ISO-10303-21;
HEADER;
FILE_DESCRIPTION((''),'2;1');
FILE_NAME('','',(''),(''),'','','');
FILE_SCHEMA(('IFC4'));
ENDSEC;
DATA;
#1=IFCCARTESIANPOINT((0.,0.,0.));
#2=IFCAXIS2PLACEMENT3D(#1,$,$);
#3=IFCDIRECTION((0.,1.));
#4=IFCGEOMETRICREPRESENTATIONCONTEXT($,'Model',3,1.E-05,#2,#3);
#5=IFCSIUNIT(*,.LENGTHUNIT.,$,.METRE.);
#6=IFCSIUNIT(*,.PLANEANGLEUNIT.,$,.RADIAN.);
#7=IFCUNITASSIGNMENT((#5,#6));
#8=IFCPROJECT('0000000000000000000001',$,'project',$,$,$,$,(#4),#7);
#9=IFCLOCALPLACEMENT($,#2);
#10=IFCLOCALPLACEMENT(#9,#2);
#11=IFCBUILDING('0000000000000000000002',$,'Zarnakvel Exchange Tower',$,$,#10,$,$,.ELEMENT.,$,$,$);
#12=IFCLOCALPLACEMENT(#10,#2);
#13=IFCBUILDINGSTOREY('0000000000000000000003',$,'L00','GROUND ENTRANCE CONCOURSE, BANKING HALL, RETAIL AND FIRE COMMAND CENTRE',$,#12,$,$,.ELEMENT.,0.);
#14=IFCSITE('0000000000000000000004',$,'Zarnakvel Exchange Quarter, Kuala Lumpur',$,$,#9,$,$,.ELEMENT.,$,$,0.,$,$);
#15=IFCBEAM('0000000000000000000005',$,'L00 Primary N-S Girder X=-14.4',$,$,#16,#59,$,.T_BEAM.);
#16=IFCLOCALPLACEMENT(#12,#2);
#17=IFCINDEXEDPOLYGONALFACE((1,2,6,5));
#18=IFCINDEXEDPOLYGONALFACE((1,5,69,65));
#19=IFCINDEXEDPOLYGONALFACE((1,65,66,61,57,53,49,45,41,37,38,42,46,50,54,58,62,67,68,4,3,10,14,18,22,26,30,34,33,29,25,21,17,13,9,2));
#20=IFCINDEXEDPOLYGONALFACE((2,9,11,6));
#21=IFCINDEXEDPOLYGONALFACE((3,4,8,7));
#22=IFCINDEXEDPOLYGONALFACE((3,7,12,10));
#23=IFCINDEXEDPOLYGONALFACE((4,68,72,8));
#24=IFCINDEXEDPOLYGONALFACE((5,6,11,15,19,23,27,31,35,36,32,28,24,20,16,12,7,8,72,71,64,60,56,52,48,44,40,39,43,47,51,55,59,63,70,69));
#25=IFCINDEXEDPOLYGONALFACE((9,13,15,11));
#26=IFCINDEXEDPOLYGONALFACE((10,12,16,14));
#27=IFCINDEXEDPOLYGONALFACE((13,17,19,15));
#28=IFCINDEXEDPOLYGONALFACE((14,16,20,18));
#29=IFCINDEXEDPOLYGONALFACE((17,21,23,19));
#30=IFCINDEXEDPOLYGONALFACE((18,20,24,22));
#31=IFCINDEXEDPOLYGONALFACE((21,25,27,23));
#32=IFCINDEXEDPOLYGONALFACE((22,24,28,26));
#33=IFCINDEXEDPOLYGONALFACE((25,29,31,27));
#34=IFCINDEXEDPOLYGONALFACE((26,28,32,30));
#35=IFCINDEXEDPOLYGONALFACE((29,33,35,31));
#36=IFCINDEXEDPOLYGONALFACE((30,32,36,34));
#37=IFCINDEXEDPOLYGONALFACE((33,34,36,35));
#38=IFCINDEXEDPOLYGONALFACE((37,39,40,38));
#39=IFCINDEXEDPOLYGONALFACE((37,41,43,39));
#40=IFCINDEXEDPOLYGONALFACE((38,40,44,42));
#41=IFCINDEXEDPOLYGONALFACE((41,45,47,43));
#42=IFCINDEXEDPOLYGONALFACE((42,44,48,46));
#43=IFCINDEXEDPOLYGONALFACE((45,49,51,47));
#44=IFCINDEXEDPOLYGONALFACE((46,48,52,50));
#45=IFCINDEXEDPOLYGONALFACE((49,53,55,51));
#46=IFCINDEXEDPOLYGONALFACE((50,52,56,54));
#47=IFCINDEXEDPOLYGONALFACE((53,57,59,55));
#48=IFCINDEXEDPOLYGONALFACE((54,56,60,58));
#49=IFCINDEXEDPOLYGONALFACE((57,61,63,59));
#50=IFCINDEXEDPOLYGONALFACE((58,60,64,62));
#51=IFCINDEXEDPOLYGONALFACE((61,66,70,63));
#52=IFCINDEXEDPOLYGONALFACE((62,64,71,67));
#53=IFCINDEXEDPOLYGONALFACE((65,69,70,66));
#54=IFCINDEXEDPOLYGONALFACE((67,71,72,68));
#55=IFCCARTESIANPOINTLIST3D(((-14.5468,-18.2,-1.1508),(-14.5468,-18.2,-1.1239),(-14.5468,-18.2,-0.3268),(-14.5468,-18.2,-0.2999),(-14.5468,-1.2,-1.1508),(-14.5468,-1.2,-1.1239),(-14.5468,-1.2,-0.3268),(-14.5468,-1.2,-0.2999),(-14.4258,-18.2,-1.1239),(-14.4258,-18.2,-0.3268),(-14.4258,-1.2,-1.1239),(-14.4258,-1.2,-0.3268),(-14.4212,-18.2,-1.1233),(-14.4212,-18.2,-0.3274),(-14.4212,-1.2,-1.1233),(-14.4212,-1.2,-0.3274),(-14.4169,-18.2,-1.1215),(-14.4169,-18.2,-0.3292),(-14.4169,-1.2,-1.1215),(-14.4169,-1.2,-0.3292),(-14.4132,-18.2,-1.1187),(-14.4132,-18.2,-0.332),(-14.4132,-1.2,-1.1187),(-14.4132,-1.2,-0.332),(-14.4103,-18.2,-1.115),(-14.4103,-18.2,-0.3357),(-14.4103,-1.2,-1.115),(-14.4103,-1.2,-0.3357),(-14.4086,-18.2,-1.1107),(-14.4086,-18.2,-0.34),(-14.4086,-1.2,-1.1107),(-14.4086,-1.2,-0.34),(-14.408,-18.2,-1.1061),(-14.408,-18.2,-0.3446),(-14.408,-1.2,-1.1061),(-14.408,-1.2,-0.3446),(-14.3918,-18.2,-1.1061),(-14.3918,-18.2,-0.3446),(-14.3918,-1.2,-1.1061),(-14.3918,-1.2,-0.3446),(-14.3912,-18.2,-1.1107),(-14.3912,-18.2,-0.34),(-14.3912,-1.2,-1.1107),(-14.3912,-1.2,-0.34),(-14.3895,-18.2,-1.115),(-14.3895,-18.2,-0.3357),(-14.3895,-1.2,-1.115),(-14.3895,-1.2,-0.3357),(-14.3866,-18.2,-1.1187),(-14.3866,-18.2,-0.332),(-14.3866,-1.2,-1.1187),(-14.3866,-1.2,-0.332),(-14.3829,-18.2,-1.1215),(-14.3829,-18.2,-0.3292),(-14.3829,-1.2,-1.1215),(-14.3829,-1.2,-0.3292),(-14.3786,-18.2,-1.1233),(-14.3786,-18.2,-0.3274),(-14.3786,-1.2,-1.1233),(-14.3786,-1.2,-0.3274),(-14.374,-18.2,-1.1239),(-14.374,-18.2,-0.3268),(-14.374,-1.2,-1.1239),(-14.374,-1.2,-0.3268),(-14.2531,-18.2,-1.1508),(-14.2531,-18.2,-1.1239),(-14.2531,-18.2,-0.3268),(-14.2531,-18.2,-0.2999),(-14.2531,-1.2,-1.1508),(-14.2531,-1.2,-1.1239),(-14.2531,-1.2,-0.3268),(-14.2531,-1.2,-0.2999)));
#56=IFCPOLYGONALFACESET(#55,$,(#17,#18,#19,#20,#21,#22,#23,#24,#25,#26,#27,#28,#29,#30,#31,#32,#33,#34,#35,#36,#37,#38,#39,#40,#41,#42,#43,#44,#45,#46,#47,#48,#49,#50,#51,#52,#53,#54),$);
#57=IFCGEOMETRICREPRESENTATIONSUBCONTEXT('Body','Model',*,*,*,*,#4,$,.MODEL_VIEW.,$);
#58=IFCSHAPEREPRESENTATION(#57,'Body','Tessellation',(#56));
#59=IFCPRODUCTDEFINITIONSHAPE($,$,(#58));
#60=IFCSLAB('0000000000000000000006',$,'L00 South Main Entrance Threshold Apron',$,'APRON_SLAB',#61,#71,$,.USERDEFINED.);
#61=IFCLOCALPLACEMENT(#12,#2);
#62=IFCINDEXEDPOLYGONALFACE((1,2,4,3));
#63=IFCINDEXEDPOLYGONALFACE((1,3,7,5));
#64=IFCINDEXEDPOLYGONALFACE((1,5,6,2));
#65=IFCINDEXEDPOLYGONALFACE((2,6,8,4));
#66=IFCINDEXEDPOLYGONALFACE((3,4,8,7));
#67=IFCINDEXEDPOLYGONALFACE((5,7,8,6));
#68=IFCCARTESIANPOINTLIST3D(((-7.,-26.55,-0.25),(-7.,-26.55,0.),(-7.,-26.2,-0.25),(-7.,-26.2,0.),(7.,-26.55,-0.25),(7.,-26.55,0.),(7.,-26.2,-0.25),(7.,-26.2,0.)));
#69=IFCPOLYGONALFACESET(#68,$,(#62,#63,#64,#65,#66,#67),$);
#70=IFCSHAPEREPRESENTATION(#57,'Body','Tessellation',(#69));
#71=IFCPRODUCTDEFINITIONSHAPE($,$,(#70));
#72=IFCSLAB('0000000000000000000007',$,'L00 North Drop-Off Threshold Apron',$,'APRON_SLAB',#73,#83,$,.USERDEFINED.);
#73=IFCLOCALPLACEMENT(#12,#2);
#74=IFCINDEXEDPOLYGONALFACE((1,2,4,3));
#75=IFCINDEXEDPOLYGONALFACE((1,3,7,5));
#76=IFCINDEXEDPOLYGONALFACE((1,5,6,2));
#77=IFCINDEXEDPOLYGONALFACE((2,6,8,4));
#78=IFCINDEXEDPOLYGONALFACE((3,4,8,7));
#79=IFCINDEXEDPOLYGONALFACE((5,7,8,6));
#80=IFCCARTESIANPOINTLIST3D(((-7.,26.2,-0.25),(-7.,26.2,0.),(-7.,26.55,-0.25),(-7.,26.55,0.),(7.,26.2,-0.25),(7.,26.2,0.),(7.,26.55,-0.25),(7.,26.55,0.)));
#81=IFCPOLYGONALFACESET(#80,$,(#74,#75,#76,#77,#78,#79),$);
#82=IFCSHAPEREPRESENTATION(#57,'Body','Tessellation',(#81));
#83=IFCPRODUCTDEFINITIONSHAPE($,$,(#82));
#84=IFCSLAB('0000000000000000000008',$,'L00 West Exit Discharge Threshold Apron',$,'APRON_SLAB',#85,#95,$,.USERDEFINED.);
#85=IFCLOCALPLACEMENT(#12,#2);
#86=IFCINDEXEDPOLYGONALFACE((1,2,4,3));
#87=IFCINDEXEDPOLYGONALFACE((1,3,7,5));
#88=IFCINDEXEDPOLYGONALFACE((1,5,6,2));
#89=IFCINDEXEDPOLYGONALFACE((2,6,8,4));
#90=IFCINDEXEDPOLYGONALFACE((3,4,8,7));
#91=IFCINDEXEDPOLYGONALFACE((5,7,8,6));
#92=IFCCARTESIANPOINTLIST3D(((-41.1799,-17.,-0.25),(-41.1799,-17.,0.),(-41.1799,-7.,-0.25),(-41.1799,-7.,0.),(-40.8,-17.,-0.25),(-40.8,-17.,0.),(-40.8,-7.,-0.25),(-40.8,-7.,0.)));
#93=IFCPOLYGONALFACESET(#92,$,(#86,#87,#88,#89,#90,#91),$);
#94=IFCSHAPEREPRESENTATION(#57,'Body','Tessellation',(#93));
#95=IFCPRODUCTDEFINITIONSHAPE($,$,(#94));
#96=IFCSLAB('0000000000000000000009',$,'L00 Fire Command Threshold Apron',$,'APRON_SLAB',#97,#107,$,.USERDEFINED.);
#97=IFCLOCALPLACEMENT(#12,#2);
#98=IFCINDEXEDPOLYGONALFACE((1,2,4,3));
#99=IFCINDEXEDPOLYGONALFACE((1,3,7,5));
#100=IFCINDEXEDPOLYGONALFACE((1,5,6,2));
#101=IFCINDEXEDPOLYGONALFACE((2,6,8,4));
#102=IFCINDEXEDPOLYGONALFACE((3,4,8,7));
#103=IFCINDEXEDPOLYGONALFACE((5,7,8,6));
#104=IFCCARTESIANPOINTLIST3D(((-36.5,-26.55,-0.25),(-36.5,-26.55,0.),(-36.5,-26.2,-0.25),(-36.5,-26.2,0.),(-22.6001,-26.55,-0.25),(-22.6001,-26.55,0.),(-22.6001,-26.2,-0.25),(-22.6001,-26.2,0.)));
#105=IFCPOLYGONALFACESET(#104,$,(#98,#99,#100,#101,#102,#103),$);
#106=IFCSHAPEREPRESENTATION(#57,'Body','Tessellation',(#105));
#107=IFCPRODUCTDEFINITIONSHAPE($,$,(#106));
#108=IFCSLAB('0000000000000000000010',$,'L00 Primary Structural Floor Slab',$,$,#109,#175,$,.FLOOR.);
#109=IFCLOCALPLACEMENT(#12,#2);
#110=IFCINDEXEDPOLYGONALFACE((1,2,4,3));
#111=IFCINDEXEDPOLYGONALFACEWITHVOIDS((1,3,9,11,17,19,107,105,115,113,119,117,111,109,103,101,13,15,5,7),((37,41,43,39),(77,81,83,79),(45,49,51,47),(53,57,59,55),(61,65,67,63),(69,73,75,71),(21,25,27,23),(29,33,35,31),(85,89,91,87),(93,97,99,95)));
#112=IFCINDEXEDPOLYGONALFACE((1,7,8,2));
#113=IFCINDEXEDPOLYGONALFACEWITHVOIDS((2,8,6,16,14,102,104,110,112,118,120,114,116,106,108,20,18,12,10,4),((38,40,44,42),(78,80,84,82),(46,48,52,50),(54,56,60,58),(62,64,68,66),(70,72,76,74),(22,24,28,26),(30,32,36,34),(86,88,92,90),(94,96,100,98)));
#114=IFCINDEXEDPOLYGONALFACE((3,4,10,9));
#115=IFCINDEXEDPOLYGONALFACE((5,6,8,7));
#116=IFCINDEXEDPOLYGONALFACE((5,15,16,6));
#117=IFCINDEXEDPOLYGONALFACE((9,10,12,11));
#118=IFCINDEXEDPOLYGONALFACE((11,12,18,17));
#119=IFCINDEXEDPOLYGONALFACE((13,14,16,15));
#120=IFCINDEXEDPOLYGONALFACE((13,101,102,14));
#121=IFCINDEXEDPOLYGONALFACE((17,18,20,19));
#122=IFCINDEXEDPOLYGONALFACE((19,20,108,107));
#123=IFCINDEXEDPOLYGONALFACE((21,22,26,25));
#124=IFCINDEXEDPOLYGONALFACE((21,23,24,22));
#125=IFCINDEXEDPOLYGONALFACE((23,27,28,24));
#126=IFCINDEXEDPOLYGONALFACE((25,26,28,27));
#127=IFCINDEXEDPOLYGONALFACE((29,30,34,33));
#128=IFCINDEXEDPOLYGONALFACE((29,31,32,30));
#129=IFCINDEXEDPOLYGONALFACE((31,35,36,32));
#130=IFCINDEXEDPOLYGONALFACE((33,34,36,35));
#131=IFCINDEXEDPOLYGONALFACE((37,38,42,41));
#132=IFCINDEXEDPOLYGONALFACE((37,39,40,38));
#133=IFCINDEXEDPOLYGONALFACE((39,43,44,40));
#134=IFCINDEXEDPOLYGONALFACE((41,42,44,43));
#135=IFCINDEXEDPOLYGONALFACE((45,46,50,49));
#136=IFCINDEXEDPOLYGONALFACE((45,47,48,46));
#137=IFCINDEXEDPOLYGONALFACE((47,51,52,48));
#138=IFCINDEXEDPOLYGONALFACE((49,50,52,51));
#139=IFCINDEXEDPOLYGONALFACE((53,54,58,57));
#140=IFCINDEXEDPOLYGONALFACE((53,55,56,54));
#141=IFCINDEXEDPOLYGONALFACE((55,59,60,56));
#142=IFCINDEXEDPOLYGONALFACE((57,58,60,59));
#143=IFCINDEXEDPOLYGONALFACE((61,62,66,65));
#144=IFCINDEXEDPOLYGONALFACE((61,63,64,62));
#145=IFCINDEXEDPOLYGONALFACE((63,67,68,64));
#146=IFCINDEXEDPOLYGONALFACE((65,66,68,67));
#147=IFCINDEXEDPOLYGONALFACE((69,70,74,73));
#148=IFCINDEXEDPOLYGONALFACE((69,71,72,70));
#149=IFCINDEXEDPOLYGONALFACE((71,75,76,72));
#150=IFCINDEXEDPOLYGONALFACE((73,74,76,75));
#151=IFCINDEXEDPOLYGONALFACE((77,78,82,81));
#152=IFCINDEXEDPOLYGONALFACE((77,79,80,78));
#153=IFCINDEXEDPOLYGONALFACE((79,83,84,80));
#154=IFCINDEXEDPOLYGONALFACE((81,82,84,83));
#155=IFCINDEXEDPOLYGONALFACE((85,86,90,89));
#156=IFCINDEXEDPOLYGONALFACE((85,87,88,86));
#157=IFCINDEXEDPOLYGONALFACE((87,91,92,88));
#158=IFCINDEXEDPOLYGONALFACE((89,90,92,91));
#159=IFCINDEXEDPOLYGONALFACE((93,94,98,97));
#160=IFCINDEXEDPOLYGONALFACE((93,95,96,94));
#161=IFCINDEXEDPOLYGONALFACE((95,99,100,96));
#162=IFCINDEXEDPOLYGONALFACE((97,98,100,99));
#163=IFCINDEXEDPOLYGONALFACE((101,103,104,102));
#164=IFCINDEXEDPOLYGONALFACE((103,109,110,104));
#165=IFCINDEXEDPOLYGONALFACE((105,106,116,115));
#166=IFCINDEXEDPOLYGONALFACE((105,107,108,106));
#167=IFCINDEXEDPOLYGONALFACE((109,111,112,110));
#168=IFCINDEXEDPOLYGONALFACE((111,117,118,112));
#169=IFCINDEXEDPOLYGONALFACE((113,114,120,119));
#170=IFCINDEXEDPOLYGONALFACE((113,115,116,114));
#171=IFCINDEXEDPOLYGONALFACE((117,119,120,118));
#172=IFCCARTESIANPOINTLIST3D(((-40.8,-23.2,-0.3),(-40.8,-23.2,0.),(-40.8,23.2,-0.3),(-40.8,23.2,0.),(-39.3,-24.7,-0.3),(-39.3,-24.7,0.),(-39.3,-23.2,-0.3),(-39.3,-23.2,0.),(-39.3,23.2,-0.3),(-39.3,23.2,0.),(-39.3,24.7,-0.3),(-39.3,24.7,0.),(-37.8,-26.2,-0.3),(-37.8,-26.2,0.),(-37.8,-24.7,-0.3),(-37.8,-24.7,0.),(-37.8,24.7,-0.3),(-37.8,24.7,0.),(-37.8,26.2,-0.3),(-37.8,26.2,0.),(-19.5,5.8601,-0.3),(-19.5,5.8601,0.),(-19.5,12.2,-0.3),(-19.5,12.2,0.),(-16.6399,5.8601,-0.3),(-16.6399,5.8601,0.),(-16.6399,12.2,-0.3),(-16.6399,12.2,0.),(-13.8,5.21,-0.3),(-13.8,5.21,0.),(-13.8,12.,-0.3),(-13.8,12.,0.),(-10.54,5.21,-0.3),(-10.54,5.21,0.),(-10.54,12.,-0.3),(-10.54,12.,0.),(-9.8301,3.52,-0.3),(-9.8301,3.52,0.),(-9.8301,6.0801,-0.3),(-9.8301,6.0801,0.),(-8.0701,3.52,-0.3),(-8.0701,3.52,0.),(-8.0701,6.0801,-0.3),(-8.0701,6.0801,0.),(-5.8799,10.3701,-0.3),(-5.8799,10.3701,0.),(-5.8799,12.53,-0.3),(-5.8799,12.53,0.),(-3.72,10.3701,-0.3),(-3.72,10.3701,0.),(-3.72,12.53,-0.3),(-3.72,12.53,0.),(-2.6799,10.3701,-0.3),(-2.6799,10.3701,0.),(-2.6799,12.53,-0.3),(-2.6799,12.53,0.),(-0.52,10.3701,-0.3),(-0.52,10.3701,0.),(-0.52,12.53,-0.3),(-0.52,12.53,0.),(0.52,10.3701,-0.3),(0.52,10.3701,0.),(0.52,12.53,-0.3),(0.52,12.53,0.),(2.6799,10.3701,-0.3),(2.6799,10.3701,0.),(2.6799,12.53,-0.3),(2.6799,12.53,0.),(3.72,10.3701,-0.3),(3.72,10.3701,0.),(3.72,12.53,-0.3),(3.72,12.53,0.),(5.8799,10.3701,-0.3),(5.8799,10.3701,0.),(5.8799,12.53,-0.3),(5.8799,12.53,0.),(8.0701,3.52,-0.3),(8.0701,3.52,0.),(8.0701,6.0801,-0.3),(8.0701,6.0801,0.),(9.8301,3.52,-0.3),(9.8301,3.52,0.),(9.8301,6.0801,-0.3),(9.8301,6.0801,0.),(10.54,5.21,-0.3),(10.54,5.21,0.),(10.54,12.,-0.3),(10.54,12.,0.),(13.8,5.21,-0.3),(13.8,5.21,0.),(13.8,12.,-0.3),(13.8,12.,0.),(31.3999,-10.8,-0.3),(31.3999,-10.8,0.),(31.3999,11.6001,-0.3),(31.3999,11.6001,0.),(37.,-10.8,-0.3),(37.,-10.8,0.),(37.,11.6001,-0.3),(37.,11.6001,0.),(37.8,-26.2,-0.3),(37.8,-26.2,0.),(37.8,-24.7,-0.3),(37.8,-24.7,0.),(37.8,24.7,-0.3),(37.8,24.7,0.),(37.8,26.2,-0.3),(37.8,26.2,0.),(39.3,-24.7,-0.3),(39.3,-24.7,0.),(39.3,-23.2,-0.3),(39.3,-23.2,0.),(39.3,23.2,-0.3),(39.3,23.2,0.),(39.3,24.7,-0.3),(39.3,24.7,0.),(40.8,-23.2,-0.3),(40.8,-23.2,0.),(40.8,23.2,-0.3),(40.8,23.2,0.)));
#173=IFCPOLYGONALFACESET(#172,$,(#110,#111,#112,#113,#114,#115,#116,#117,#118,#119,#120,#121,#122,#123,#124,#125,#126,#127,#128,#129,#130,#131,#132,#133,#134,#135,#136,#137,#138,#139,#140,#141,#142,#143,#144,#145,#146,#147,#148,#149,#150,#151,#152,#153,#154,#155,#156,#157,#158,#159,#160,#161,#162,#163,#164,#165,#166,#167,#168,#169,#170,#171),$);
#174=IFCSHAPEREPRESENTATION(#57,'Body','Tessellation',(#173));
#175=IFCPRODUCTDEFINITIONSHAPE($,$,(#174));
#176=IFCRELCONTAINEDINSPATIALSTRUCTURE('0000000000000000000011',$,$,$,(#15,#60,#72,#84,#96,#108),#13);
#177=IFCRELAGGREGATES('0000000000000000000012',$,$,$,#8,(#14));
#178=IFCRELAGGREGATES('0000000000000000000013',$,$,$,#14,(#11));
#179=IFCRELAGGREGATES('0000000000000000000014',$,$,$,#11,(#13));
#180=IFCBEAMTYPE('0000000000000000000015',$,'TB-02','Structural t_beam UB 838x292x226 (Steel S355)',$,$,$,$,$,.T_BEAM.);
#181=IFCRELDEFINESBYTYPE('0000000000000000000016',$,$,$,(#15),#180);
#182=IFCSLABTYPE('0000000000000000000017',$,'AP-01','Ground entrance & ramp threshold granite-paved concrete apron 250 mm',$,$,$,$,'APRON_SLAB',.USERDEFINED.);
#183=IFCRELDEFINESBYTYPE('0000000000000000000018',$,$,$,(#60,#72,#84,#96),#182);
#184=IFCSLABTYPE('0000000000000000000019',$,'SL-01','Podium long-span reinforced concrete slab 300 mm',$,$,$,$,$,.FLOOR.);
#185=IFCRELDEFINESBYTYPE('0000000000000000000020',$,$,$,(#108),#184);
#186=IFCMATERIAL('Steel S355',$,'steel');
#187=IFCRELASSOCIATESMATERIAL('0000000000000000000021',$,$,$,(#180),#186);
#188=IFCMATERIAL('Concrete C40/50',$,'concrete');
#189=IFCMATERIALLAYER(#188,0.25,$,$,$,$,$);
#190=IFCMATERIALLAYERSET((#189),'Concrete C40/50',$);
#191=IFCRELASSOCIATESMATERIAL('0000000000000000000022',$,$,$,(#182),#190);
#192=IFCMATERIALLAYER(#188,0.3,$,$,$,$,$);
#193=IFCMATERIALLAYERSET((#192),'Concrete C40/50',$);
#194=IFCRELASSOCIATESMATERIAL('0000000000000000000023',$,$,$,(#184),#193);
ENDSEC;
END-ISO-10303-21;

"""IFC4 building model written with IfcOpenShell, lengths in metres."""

from ifc_helpers import new_model, si_unit, direction, frame, origin, origin_2d, place, context, subcontext, project, spatial, polyline, i_section, outline, extrude, material, layer, layer_set, material_profile, profile_set, type_object, element, save


model = new_model("IFC4")

# Units and contexts
model_context = context("Model", 3, precision=1e-05, world=origin(), true_north=direction((0.0, 1.0)))
body_context = subcontext(model_context, "Body", "Model", "MODEL_VIEW")
ifc_project = project(units=[si_unit("LENGTHUNIT", "METRE"), si_unit("PLANEANGLEUNIT", "RADIAN")], contexts=[model_context])

# Site, building, storey
site_placement = place(None, origin())
site = spatial("IfcSite", under=ifc_project, at=site_placement, Name="Zarnakvel Exchange Quarter, Kuala Lumpur", CompositionType="ELEMENT", RefElevation=0.0)
building_placement = place(site_placement, origin())
building = spatial("IfcBuilding", under=site, at=building_placement, Name="Zarnakvel Exchange Tower", CompositionType="ELEMENT")
storey_placement = place(building_placement, origin())
storey = spatial("IfcBuildingStorey", under=building, at=storey_placement, Name="L00", Description="GROUND ENTRANCE CONCOURSE, BANKING HALL, RETAIL AND FIRE COMMAND CENTRE", CompositionType="ELEMENT", Elevation=0.0)

# Beam
ifc_material_1 = material(Name="Steel S355", Category="steel")
ifc_material_profile_1 = material_profile(ifc_material_1, i_section(OverallWidth=0.2937, OverallDepth=0.8508, WebThickness=0.0161, FlangeThickness=0.0269, FilletRadius=0.0178, at=origin_2d()))
ifc_profile_set_1 = profile_set([ifc_material_profile_1], Name="Steel S355")
beam_type_1 = type_object("IfcBeamType", Name="TB-02", Description="Structural t_beam UB 838x292x226 (Steel S355)", PredefinedType="T_BEAM", material=ifc_profile_set_1)
beam_1_placement = place(storey_placement, frame((-14.3999, -18.2, -0.7253), z_axis=(0.0, 1.0, 0.0), x_axis=(-1.0, 0.0, 0.0)))
element("IfcBeam", 1, at=beam_1_placement, inside=storey, type_object=beam_type_1, Name="L00 Primary N-S Girder X=-14.4", PredefinedType="T_BEAM", context=body_context, shape_type="SweptSolid", body=[
    extrude(i_section(OverallWidth=0.2937, OverallDepth=0.8508, WebThickness=0.0161, FlangeThickness=0.0269, FilletRadius=0.0178, at=origin_2d()), origin(), (0.0, 0.0, 1.0), 17.0),
])

# Slabs
ifc_material_2 = material(Name="Concrete C40/50", Category="concrete")
ifc_layer_1 = layer(ifc_material_2, 0.25)
ifc_layer_set_1 = layer_set([ifc_layer_1], Name="Concrete C40/50")
slab_type_1 = type_object("IfcSlabType", Name="AP-01", Description="Ground entrance & ramp threshold granite-paved concrete apron 250 mm", ElementType="APRON_SLAB", PredefinedType="USERDEFINED", material=ifc_layer_set_1)
slab_1_placement = place(storey_placement, frame((0.0, 0.0, -0.25)))
element("IfcSlab", 2, at=slab_1_placement, inside=storey, type_object=slab_type_1, Name="L00 South Main Entrance Threshold Apron", ObjectType="APRON_SLAB", PredefinedType="USERDEFINED", context=body_context, shape_type="SweptSolid", body=[
    extrude(outline(polyline([(-7.0, -26.55), (7.0, -26.55), (7.0, -26.2), (-7.0, -26.2), (-7.0, -26.55)])), origin(), (0.0, 0.0, 1.0), 0.25),
])
slab_2_placement = place(storey_placement, frame((0.0, 0.0, -0.25)))
element("IfcSlab", 3, at=slab_2_placement, inside=storey, type_object=slab_type_1, Name="L00 North Drop-Off Threshold Apron", ObjectType="APRON_SLAB", PredefinedType="USERDEFINED", context=body_context, shape_type="SweptSolid", body=[
    extrude(outline(polyline([(-7.0, 26.2), (7.0, 26.2), (7.0, 26.55), (-7.0, 26.55), (-7.0, 26.2)])), origin(), (0.0, 0.0, 1.0), 0.25),
])
slab_3_placement = place(storey_placement, frame((0.0, 0.0, -0.25)))
element("IfcSlab", 4, at=slab_3_placement, inside=storey, type_object=slab_type_1, Name="L00 West Exit Discharge Threshold Apron", ObjectType="APRON_SLAB", PredefinedType="USERDEFINED", context=body_context, shape_type="SweptSolid", body=[
    extrude(outline(polyline([(-41.1799, -17.0), (-40.8, -17.0), (-40.8, -7.0), (-41.1799, -7.0), (-41.1799, -17.0)])), origin(), (0.0, 0.0, 1.0), 0.25),
])
slab_4_placement = place(storey_placement, frame((0.0, 0.0, -0.25)))
element("IfcSlab", 5, at=slab_4_placement, inside=storey, type_object=slab_type_1, Name="L00 Fire Command Threshold Apron", ObjectType="APRON_SLAB", PredefinedType="USERDEFINED", context=body_context, shape_type="SweptSolid", body=[
    extrude(outline(polyline([(-36.5, -26.55), (-22.6001, -26.55), (-22.6001, -26.2), (-36.5, -26.2), (-36.5, -26.55)])), origin(), (0.0, 0.0, 1.0), 0.25),
])
ifc_layer_2 = layer(ifc_material_2, 0.3)
ifc_layer_set_2 = layer_set([ifc_layer_2], Name="Concrete C40/50")
slab_type_2 = type_object("IfcSlabType", Name="SL-01", Description="Podium long-span reinforced concrete slab 300 mm", PredefinedType="FLOOR", material=ifc_layer_set_2)
slab_5_placement = place(storey_placement, frame((0.0, 0.0, -0.3)))
element("IfcSlab", 6, at=slab_5_placement, inside=storey, type_object=slab_type_2, Name="L00 Primary Structural Floor Slab", PredefinedType="FLOOR", context=body_context, shape_type="SweptSolid", body=[
    extrude(outline(polyline([(-40.8, -23.2), (-39.3, -23.2), (-39.3, -24.7), (-37.8, -24.7), (-37.8, -26.2), (37.8, -26.2), (37.8, -24.7), (39.3, -24.7), (39.3, -23.2), (40.8, -23.2), (40.8, 23.2), (39.3, 23.2), (39.3, 24.7), (37.8, 24.7), (37.8, 26.2), (-37.8, 26.2), (-37.8, 24.7), (-39.3, 24.7), (-39.3, 23.2), (-40.8, 23.2), (-40.8, -23.2)]), holes=[polyline([(-13.8, 5.21), (-10.54, 5.21), (-10.54, 12.0), (-13.8, 12.0), (-13.8, 5.21)]), polyline([(10.54, 5.21), (13.8, 5.21), (13.8, 12.0), (10.54, 12.0), (10.54, 5.21)]), polyline([(-19.5, 5.8601), (-16.6399, 5.8601), (-16.6399, 12.2), (-19.5, 12.2), (-19.5, 5.8601)]), polyline([(-9.8301, 3.52), (-8.0701, 3.52), (-8.0701, 6.0801), (-9.8301, 6.0801), (-9.8301, 3.52)]), polyline([(8.0701, 3.52), (9.8301, 3.52), (9.8301, 6.0801), (8.0701, 6.0801), (8.0701, 3.52)]), polyline([(-5.8799, 10.3701), (-3.72, 10.3701), (-3.72, 12.53), (-5.8799, 12.53), (-5.8799, 10.3701)]), polyline([(-2.6799, 10.3701), (-0.52, 10.3701), (-0.52, 12.53), (-2.6799, 12.53), (-2.6799, 10.3701)]), polyline([(0.52, 10.3701), (2.6799, 10.3701), (2.6799, 12.53), (0.52, 12.53), (0.52, 10.3701)]), polyline([(3.72, 10.3701), (5.8799, 10.3701), (5.8799, 12.53), (3.72, 12.53), (3.72, 10.3701)]), polyline([(31.3999, -10.8), (37.0, -10.8), (37.0, 11.6001), (31.3999, 11.6001), (31.3999, -10.8)])]), origin(), (0.0, 0.0, 1.0), 0.3),
])

save(model, "model.ifc")
